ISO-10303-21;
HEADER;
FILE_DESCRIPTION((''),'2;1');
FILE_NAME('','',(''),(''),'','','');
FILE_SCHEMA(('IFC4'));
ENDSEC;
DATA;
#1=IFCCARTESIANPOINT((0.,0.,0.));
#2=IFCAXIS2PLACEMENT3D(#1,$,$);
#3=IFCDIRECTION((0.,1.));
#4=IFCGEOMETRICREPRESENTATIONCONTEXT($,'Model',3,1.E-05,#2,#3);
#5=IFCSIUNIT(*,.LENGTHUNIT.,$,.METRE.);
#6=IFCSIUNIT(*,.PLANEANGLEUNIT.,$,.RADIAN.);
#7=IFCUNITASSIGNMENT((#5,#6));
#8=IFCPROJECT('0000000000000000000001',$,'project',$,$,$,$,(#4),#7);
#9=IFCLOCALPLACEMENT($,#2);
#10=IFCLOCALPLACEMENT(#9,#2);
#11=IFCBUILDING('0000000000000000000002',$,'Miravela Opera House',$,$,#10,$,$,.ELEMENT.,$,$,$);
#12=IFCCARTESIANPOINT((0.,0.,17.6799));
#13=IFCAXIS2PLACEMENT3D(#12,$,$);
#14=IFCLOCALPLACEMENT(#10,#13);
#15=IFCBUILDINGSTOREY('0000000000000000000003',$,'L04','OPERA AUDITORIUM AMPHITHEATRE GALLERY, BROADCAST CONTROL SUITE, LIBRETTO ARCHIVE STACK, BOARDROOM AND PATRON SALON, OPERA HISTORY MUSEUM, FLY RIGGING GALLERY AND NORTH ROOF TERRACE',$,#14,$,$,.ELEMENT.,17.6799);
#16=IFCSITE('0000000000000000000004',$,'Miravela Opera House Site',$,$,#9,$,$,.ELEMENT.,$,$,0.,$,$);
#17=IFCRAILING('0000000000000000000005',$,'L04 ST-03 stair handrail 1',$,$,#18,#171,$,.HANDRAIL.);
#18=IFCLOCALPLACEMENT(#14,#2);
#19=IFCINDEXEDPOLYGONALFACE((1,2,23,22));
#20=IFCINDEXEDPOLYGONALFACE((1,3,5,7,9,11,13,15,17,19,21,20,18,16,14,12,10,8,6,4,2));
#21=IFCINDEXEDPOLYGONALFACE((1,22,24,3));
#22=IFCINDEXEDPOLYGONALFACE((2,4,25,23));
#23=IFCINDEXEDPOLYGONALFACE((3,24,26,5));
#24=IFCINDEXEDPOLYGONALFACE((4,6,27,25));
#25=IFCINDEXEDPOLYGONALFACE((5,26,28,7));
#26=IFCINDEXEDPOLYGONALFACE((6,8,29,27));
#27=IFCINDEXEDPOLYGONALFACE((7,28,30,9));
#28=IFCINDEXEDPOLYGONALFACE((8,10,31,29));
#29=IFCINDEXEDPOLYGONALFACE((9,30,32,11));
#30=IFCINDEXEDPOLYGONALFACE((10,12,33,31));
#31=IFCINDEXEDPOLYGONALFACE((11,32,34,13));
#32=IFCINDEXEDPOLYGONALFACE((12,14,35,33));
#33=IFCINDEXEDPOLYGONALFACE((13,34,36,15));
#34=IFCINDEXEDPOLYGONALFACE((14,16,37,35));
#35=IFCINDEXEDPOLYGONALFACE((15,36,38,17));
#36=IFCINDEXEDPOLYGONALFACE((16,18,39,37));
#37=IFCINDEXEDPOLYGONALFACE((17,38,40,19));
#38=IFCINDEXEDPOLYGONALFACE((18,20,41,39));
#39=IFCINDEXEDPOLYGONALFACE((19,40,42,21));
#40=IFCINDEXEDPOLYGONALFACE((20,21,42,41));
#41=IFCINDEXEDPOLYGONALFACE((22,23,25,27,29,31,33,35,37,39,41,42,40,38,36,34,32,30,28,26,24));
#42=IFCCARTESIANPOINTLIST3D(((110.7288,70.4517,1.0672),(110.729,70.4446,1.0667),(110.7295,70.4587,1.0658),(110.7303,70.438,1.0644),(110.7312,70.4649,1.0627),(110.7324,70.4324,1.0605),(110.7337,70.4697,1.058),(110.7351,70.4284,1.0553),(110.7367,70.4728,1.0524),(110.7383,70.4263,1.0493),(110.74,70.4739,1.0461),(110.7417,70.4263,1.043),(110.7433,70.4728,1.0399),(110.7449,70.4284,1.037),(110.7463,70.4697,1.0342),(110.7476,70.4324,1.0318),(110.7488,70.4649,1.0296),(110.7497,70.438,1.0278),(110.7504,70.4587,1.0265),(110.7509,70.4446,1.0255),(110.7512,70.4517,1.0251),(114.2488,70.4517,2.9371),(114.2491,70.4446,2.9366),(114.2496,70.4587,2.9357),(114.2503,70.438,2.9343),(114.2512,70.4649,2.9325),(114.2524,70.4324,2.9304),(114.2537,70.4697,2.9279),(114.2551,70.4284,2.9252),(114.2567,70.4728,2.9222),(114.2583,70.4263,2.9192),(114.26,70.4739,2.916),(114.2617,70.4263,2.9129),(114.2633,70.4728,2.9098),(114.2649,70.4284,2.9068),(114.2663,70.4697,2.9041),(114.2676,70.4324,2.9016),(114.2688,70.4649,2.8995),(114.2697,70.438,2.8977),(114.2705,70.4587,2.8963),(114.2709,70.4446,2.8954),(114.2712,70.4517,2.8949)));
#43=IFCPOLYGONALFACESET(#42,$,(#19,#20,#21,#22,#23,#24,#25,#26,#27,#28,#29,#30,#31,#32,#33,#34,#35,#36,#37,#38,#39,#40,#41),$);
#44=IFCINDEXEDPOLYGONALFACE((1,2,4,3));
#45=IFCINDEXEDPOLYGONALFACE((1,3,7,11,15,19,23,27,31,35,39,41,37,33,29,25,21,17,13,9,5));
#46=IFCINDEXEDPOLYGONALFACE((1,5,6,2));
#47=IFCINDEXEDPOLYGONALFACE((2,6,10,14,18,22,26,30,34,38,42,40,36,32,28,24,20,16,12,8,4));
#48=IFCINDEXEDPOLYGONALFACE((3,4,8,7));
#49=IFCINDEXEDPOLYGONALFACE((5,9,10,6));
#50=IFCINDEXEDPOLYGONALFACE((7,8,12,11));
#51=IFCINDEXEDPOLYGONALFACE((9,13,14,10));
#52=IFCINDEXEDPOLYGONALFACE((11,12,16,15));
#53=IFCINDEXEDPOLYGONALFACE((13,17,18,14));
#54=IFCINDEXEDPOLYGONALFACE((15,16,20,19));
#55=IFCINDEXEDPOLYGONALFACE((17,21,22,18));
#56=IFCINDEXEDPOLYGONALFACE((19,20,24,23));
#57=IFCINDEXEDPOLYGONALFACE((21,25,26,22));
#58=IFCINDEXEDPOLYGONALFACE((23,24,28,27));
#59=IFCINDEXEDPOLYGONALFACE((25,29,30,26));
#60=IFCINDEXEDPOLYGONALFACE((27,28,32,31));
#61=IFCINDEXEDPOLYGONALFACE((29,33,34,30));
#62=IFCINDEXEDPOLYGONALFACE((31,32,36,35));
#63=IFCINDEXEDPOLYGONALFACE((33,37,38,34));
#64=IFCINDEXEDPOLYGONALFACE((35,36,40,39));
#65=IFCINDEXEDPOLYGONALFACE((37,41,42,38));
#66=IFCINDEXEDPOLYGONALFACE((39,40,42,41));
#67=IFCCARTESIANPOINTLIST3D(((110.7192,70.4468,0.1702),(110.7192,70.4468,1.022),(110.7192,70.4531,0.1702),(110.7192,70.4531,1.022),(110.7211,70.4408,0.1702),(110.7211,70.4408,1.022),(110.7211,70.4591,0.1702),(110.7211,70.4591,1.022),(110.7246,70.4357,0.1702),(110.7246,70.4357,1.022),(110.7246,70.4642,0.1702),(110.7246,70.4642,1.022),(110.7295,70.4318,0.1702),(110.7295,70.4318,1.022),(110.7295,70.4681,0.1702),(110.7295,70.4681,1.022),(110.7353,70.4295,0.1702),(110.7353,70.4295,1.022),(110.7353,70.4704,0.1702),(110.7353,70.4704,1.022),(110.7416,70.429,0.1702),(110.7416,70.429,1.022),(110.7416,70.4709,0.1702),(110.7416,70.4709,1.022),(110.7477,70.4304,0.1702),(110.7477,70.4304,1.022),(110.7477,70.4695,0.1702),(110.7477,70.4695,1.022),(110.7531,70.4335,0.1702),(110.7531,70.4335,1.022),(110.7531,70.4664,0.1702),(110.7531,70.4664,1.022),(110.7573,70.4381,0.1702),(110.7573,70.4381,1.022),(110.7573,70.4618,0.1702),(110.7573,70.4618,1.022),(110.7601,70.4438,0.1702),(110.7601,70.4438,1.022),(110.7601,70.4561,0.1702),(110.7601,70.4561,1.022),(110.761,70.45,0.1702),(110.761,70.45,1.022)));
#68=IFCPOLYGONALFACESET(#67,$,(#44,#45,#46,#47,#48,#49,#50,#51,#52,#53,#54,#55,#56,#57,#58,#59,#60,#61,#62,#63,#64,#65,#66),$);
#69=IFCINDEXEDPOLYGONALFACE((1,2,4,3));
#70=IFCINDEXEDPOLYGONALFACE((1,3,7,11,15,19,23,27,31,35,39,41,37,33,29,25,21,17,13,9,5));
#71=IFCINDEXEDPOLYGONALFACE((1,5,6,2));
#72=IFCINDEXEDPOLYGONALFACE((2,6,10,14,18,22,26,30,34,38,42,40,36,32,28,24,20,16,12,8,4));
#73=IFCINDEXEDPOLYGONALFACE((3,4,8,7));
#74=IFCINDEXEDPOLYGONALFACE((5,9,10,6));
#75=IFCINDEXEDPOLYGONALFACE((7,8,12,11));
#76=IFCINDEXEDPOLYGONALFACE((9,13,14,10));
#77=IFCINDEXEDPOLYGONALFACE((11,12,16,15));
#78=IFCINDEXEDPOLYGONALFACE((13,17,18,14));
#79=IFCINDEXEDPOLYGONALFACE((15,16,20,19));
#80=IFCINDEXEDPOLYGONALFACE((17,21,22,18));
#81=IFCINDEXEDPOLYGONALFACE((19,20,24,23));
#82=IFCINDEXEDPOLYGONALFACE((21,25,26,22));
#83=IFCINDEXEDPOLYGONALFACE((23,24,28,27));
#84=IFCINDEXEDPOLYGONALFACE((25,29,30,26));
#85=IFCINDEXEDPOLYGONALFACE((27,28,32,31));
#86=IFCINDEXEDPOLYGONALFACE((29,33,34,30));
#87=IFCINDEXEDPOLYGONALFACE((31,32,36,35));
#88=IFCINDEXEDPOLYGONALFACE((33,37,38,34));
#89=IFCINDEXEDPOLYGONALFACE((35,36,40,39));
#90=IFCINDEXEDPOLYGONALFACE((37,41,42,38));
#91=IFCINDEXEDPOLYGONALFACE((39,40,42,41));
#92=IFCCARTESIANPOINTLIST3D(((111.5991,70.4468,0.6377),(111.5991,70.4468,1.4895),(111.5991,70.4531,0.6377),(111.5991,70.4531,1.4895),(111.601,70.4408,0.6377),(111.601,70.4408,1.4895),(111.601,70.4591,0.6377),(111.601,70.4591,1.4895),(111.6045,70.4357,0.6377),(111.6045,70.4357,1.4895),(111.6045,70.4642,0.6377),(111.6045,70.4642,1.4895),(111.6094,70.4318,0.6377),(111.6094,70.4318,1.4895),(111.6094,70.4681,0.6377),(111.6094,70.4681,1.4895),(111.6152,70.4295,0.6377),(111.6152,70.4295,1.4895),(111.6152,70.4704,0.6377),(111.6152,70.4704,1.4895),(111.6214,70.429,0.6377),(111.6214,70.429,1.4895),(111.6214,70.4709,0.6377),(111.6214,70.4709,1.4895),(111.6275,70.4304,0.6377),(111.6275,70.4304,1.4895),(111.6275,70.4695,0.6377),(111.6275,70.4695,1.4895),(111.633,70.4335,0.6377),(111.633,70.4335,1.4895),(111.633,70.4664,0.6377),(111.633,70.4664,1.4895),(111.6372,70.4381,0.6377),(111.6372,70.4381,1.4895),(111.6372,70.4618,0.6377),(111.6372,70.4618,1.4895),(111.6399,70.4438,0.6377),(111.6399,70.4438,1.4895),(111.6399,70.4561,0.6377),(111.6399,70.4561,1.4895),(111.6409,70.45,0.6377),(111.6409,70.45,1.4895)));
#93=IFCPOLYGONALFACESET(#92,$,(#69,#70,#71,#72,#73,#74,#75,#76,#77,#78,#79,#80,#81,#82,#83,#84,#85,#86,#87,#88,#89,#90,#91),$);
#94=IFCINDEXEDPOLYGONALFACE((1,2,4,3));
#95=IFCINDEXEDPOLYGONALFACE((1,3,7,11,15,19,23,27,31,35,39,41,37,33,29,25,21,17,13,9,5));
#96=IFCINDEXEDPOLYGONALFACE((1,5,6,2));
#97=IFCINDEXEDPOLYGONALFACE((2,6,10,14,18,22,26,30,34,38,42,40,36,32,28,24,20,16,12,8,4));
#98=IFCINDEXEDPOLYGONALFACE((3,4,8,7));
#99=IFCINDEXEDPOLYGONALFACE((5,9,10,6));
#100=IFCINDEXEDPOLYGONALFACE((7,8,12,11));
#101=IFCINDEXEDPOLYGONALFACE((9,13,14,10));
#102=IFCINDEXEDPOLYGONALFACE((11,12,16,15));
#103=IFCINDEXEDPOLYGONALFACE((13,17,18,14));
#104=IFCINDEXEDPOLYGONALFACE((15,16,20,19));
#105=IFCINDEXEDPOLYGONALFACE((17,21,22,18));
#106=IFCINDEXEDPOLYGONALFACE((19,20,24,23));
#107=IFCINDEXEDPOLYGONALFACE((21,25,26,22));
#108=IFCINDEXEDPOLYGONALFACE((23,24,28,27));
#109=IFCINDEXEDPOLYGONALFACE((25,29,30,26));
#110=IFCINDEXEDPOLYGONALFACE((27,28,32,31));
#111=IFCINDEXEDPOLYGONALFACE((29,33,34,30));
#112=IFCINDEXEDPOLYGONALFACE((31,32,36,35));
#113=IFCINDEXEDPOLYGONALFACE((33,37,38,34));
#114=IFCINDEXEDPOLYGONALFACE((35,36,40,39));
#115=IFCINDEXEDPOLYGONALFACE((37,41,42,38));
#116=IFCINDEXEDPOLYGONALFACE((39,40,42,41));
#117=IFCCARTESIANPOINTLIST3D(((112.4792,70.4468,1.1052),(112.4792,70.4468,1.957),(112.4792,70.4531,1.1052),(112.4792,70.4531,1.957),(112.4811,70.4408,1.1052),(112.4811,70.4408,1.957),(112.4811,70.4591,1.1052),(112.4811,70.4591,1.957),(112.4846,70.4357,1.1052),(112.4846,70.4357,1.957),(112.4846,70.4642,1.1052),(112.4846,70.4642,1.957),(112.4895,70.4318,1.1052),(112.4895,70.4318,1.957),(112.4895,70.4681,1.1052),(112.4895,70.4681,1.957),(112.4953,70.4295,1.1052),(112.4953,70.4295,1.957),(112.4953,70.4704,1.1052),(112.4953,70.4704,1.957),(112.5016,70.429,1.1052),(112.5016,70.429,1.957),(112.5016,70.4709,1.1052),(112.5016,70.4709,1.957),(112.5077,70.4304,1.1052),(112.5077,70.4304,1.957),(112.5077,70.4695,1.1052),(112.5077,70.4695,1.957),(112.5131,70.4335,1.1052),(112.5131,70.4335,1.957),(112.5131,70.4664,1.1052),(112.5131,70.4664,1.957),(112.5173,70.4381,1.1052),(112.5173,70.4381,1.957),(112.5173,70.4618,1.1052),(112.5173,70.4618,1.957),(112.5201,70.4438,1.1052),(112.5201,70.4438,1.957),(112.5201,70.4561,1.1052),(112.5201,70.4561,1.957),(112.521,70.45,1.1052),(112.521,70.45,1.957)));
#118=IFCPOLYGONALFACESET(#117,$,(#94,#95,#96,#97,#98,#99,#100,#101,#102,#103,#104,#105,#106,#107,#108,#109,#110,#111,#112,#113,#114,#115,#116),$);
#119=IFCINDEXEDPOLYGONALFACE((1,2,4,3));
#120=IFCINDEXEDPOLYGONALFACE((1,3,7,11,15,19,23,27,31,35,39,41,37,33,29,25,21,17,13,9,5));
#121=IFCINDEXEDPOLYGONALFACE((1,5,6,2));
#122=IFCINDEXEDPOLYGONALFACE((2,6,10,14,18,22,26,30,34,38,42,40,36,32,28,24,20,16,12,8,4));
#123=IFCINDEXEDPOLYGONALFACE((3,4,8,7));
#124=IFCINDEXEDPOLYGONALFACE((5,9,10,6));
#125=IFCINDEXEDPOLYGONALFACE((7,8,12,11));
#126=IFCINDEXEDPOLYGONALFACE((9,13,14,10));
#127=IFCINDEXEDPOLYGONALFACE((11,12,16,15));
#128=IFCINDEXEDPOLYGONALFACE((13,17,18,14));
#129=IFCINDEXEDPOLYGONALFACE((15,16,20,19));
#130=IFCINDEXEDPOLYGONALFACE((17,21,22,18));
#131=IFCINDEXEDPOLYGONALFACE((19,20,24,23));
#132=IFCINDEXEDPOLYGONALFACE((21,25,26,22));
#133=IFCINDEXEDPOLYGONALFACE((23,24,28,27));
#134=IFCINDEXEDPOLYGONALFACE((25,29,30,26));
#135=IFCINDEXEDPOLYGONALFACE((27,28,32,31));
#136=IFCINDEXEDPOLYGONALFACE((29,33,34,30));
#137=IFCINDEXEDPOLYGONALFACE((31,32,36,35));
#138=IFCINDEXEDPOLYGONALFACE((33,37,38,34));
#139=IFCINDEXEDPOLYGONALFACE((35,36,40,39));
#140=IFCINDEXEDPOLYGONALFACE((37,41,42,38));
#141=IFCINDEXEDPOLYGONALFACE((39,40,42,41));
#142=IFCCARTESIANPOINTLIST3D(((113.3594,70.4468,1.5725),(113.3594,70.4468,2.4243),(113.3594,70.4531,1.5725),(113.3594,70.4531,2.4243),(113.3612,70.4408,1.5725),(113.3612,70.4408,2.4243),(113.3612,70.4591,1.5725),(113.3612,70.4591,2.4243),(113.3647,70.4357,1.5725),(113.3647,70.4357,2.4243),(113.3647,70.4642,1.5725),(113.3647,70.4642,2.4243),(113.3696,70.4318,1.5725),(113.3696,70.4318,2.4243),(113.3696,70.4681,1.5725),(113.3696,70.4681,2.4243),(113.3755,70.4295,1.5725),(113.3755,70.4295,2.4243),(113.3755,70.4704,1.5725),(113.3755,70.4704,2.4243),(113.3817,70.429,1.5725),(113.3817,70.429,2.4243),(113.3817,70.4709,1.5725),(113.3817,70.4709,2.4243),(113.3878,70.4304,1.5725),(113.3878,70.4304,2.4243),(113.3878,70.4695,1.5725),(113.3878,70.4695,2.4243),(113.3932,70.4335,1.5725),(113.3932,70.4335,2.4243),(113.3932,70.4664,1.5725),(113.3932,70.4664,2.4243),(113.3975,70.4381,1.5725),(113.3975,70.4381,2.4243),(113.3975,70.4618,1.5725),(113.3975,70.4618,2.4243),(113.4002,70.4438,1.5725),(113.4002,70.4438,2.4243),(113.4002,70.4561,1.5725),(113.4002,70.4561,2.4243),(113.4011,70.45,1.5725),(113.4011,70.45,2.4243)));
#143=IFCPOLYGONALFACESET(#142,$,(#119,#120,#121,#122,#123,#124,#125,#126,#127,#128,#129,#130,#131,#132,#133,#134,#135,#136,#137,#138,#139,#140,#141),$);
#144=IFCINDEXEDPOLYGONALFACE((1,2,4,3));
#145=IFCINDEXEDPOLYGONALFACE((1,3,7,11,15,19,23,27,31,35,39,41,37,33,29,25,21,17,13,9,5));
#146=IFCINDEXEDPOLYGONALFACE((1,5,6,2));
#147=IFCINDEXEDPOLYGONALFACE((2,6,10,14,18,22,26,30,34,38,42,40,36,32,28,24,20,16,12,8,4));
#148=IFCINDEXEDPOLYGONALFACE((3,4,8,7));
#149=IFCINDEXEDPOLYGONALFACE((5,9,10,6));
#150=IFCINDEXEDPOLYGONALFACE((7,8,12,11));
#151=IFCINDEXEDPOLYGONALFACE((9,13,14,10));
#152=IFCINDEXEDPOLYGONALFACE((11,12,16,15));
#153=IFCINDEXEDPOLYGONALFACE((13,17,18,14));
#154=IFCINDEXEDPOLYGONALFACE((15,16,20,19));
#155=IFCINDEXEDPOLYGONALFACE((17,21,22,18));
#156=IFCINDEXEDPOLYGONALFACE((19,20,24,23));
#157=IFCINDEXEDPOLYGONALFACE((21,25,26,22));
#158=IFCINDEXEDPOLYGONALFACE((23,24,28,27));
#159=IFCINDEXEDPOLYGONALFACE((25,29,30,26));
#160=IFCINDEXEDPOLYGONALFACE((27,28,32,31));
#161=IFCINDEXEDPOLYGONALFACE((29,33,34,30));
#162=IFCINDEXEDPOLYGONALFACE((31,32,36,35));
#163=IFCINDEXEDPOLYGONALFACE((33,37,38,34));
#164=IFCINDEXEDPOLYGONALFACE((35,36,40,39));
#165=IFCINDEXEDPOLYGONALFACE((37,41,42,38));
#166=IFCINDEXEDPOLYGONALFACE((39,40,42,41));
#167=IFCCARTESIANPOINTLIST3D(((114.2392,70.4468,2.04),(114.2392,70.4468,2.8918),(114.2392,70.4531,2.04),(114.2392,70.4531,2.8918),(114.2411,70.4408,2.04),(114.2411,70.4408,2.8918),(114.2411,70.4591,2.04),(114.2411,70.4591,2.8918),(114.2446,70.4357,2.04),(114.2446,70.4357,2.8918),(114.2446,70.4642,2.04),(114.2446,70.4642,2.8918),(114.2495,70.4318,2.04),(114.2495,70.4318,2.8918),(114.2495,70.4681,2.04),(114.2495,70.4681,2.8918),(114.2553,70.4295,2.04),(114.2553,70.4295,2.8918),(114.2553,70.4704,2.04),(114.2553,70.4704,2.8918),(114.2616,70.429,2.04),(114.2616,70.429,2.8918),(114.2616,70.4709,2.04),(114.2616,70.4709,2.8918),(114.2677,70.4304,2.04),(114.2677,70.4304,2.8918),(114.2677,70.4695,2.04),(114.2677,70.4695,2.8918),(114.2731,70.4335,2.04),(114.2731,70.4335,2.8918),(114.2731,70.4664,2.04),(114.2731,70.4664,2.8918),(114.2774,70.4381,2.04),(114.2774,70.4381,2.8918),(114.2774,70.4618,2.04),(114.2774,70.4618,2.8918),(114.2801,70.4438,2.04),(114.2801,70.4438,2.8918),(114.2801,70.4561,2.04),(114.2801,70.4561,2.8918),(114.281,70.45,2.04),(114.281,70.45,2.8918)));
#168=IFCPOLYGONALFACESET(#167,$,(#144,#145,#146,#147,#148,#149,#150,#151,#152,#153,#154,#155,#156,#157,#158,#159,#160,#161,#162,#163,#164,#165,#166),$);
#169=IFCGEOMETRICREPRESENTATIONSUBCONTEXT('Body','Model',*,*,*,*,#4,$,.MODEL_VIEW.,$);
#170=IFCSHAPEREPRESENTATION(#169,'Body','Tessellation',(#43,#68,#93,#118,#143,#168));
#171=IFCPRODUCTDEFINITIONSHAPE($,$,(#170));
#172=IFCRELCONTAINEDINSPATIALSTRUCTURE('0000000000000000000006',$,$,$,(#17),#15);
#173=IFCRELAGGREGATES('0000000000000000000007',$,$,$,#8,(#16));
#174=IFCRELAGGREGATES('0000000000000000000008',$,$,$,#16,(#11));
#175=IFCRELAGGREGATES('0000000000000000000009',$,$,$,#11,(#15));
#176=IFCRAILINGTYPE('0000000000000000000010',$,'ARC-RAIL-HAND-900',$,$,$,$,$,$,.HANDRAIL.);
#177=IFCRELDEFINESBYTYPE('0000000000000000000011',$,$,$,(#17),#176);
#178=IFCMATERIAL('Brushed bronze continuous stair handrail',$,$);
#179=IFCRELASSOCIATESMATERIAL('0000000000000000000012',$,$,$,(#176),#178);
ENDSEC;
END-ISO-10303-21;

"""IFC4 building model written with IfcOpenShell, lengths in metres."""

from ifc_helpers import new_model, si_unit, direction, frame, origin, origin_2d, place, context, subcontext, project, spatial, circle, extrude, material, type_object, element, save


model = new_model("IFC4")

# Units and contexts
model_context = context("Model", 3, precision=1e-05, world=origin(), true_north=direction((0.0, 1.0)))
body_context = subcontext(model_context, "Body", "Model", "MODEL_VIEW")
ifc_project = project(units=[si_unit("LENGTHUNIT", "METRE"), si_unit("PLANEANGLEUNIT", "RADIAN")], contexts=[model_context])

# Site, building, storey
site_placement = place(None, origin())
site = spatial("IfcSite", under=ifc_project, at=site_placement, Name="Miravela Opera House Site", CompositionType="ELEMENT", RefElevation=0.0)
building_placement = place(site_placement, origin())
building = spatial("IfcBuilding", under=site, at=building_placement, Name="Miravela Opera House", CompositionType="ELEMENT")
storey_placement = place(building_placement, frame((0.0, 0.0, 17.6799)))
storey = spatial("IfcBuildingStorey", under=building, at=storey_placement, Name="L04", Description="OPERA AUDITORIUM AMPHITHEATRE GALLERY, BROADCAST CONTROL SUITE, LIBRETTO ARCHIVE STACK, BOARDROOM AND PATRON SALON, OPERA HISTORY MUSEUM, FLY RIGGING GALLERY AND NORTH ROOF TERRACE", CompositionType="ELEMENT", Elevation=17.6799)

# Railing
ifc_material_1 = material(Name="Brushed bronze continuous stair handrail")
railing_type_1 = type_object("IfcRailingType", Name="ARC-RAIL-HAND-900", PredefinedType="HANDRAIL", material=ifc_material_1)
railing_1_placement = place(storey_placement, frame((110.74, 70.45, 0.1702)))
element("IfcRailing", 1, at=railing_1_placement, inside=storey, type_object=railing_type_1, Name="L04 ST-03 stair handrail 1", PredefinedType="HANDRAIL", context=body_context, shape_type="SweptSolid", body=[
    extrude(circle(Radius=0.0239, at=origin_2d()), frame((0.0, 0.0, 0.876), z_axis=(0.88313, 0.0, 0.469128), x_axis=(0.0, 1.0, 0.0)), (0.0, 0.0, 1.0), 3.9858),
    extrude(circle(Radius=0.021, at=origin_2d()), origin(), (0.0, 0.0, 1.0), 0.8518),
    extrude(circle(Radius=0.021, at=origin_2d()), frame((0.8799, 0.0, 0.4675)), (0.0, 0.0, 1.0), 0.8518),
    extrude(circle(Radius=0.021, at=origin_2d()), frame((1.76, 0.0, 0.9351)), (0.0, 0.0, 1.0), 0.8518),
    extrude(circle(Radius=0.021, at=origin_2d()), frame((2.6401, 0.0, 1.4023)), (0.0, 0.0, 1.0), 0.8518),
    extrude(circle(Radius=0.021, at=origin_2d()), frame((3.52, 0.0, 1.8699)), (0.0, 0.0, 1.0), 0.8518),
])

save(model, "model.ifc")
